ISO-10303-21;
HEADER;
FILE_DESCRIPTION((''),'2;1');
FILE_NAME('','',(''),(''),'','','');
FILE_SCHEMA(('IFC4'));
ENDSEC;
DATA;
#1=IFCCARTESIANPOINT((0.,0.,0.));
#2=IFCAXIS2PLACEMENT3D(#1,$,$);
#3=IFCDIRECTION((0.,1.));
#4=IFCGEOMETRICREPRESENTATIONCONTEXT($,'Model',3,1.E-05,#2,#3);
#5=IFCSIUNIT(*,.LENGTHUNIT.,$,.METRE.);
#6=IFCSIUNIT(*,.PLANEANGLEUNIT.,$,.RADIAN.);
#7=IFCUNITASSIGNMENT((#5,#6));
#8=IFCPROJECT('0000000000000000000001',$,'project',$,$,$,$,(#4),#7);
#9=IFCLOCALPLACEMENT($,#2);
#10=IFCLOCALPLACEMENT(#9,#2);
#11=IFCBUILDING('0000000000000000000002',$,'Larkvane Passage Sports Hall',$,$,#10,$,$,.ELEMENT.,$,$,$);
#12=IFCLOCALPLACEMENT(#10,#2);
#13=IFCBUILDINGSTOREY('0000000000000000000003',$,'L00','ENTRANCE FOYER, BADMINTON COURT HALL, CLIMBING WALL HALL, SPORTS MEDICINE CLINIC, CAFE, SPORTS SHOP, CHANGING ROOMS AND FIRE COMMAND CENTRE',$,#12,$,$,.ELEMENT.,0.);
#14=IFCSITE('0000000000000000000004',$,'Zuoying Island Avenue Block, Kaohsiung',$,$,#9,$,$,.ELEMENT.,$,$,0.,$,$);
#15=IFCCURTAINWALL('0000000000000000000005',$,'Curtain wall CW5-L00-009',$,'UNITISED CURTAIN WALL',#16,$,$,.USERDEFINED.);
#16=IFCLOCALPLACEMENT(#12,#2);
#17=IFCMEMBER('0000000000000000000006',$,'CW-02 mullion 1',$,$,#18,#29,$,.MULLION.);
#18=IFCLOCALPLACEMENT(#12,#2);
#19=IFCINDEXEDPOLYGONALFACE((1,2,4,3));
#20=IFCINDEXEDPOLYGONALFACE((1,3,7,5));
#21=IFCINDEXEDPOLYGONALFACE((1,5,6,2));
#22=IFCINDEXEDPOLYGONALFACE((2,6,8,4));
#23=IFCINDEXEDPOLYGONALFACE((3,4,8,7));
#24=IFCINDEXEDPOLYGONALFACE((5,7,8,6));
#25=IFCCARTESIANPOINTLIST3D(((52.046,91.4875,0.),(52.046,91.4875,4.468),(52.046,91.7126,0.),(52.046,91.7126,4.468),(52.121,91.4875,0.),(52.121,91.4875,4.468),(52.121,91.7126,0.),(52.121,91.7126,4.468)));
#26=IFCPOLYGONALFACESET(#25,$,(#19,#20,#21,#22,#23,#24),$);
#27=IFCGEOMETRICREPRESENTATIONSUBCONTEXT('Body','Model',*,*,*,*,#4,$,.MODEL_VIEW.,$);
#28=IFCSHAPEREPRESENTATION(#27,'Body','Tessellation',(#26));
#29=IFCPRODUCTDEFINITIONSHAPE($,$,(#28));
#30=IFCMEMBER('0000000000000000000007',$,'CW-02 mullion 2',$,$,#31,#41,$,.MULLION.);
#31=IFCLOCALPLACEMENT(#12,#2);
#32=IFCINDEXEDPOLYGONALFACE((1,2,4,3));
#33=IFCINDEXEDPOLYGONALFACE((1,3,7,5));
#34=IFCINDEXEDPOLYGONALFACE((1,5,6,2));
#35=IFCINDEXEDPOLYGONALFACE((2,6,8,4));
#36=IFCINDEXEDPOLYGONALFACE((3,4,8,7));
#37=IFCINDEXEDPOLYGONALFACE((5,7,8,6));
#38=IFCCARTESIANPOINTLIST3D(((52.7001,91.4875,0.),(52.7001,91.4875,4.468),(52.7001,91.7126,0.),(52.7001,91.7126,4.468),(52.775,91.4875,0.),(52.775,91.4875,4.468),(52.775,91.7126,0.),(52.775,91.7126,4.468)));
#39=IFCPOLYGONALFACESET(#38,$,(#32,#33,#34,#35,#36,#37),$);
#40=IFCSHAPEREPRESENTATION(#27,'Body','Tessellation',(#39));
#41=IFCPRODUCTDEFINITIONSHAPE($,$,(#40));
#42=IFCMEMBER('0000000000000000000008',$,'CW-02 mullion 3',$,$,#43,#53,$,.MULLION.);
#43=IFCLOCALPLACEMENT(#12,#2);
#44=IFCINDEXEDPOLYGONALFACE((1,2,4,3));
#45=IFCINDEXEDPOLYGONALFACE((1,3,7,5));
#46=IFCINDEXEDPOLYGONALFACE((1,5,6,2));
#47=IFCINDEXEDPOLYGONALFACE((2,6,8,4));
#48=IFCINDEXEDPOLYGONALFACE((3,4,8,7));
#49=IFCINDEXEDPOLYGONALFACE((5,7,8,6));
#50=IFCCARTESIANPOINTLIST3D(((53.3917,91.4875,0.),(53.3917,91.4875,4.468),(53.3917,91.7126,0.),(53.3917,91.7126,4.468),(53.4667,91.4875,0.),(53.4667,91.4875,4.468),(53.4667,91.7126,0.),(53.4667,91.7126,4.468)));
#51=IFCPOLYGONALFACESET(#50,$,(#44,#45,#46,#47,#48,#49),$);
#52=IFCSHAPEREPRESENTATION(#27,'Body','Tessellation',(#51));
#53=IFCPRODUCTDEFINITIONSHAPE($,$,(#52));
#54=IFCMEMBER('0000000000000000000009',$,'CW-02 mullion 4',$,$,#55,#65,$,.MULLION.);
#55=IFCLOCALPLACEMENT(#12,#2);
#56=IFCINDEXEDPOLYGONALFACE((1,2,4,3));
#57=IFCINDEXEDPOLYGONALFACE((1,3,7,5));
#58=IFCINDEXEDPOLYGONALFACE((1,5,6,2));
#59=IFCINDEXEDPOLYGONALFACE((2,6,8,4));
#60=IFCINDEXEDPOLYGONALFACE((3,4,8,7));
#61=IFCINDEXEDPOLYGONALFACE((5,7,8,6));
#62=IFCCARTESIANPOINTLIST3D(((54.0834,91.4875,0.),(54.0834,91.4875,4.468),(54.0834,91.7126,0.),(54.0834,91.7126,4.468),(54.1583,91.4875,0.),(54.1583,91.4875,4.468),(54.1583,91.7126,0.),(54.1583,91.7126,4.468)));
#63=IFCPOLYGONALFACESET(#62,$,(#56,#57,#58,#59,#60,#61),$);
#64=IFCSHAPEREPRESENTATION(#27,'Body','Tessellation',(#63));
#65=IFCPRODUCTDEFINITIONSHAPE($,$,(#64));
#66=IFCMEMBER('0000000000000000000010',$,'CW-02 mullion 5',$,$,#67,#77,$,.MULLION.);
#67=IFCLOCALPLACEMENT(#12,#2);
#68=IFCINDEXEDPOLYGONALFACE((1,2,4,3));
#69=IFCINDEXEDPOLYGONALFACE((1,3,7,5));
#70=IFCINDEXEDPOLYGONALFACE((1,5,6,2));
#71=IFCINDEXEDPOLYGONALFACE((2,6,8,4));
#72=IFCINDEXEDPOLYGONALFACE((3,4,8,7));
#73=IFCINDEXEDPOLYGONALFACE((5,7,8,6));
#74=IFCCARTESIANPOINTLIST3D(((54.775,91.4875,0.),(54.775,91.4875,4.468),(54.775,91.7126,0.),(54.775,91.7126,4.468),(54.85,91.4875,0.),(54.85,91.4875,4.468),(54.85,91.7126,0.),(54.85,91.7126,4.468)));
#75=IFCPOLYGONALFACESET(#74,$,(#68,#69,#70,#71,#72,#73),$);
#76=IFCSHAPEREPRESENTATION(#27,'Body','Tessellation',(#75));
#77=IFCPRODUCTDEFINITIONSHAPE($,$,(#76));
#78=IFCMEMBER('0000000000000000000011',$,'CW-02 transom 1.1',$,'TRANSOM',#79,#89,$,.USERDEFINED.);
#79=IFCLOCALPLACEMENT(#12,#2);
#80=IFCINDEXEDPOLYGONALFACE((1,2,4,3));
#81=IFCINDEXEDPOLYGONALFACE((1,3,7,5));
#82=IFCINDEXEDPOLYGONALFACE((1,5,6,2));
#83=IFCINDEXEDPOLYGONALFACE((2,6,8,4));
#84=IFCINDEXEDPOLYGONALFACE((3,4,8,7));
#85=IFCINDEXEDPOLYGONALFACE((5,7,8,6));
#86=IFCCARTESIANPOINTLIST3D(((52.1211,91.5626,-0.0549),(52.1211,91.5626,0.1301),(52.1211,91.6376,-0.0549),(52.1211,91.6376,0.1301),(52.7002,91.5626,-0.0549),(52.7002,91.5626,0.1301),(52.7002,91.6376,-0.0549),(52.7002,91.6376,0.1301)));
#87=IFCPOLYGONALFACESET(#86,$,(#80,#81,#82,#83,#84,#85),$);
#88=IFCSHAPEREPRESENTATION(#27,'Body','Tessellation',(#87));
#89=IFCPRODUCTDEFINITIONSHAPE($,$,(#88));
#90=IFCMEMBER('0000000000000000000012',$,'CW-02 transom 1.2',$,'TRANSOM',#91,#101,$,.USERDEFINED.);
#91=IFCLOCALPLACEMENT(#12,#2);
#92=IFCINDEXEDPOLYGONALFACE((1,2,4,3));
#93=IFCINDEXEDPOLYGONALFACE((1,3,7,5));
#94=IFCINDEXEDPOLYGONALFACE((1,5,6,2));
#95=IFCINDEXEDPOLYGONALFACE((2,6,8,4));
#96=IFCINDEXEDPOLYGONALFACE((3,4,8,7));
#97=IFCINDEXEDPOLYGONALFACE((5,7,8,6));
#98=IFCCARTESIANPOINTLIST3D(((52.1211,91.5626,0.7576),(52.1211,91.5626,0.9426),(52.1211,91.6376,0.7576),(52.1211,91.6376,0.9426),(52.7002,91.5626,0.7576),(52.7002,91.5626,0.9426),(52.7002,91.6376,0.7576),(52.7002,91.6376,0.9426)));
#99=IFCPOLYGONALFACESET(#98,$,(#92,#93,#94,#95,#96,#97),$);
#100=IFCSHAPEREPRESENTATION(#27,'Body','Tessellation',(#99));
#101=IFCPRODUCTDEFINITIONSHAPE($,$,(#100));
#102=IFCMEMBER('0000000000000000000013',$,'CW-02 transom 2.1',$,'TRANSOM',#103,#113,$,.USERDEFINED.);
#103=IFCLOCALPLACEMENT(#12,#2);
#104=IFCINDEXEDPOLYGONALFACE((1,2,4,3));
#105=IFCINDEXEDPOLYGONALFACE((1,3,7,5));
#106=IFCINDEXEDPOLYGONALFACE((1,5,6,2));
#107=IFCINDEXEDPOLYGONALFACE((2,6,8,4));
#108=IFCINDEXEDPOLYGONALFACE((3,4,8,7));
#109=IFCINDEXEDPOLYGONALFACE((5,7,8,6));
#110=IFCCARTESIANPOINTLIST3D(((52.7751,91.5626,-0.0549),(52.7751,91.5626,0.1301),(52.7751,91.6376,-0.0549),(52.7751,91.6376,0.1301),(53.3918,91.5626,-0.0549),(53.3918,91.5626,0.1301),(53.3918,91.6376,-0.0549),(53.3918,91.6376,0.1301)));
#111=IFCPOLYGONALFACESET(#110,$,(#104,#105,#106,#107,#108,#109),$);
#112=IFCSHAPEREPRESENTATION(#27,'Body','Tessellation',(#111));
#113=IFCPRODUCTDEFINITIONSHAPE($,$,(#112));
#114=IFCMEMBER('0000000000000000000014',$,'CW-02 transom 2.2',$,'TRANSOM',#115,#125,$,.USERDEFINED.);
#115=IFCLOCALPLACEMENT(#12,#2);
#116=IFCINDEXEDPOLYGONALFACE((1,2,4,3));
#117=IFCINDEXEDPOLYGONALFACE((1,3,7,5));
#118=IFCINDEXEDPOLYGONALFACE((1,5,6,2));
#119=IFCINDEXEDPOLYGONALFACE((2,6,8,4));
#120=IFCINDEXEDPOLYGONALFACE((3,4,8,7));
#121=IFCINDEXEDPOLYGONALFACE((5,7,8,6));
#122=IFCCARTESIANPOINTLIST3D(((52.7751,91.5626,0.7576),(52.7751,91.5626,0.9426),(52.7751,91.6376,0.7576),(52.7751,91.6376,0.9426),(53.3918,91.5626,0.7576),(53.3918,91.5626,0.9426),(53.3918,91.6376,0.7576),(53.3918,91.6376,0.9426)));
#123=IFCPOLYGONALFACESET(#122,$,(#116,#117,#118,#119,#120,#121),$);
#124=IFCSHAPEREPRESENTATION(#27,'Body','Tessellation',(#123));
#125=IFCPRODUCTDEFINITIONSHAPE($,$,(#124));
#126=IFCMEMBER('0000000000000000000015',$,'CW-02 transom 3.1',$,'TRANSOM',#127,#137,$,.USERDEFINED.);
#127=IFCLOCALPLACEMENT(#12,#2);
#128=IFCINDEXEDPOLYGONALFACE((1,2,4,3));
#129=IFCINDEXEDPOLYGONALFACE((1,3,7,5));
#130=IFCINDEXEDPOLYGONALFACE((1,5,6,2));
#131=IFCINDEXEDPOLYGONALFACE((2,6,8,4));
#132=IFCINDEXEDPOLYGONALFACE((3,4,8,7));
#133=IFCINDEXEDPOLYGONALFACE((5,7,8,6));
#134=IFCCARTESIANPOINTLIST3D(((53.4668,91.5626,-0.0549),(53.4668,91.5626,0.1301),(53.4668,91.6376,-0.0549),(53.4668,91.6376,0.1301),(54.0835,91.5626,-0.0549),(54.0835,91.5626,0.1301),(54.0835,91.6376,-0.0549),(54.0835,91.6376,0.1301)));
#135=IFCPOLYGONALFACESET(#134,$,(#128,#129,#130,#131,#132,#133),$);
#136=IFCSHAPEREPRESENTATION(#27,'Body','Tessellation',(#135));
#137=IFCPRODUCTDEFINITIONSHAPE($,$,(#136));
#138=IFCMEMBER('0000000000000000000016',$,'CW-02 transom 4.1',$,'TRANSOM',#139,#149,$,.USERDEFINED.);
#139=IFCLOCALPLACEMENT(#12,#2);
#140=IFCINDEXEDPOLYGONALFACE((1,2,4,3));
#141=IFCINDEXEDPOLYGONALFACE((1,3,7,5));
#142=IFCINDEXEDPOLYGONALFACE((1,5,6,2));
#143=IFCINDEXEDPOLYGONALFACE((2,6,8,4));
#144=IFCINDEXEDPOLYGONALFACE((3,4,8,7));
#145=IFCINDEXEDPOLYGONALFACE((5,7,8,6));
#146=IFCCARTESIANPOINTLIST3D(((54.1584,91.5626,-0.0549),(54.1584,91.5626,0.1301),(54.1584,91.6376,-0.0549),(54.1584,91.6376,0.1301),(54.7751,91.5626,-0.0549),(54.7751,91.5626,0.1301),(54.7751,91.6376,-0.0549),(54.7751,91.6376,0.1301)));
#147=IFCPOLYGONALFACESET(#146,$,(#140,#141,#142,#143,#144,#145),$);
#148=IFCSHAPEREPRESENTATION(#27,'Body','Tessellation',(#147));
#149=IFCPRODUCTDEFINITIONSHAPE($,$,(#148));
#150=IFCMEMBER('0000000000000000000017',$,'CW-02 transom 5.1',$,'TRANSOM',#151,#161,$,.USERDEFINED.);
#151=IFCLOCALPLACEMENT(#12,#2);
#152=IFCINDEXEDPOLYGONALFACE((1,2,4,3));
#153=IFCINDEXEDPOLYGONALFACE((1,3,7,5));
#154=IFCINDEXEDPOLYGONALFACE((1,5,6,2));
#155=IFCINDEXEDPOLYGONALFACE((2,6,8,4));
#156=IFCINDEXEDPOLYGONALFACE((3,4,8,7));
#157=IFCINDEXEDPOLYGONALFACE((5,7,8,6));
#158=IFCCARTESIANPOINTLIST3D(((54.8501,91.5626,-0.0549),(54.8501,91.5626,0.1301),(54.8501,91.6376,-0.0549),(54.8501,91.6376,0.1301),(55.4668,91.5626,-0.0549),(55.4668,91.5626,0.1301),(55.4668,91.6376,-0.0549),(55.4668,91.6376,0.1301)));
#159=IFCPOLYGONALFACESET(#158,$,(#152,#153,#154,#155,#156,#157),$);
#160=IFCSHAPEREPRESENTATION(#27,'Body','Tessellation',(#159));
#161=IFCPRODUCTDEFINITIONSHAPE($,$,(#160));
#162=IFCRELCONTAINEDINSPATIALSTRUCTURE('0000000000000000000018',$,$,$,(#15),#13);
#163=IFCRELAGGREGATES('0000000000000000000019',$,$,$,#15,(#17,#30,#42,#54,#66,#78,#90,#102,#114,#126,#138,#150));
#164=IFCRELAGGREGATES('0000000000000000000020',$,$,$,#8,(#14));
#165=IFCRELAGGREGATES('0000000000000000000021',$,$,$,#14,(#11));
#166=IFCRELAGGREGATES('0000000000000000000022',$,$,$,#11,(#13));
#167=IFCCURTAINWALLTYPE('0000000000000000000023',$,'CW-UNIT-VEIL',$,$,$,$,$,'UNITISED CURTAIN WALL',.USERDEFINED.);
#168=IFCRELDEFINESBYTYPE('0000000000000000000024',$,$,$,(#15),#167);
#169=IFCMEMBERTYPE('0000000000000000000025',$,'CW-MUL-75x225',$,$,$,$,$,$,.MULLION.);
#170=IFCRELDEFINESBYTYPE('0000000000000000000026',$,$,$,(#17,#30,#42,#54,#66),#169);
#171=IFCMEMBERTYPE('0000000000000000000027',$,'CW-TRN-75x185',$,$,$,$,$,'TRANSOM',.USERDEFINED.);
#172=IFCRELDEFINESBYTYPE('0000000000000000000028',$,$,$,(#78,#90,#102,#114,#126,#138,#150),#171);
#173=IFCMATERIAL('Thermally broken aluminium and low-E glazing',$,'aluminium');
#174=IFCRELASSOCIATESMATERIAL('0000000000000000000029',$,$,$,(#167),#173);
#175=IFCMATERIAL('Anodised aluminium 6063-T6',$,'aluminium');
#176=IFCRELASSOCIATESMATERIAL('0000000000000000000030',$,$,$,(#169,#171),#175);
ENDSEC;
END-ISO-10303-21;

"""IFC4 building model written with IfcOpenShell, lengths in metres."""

from ifc_helpers import new_model, si_unit, direction, frame, origin, origin_2d, place, context, subcontext, project, spatial, rectangle, extrude, material, material_profile, profile_set, type_object, element, aggregate, save


model = new_model("IFC4")

# Units and contexts
model_context = context("Model", 3, precision=1e-05, world=origin(), true_north=direction((0.0, 1.0)))
body_context = subcontext(model_context, "Body", "Model", "MODEL_VIEW")
ifc_project = project(units=[si_unit("LENGTHUNIT", "METRE"), si_unit("PLANEANGLEUNIT", "RADIAN")], contexts=[model_context])

# Site, building, storey
site_placement = place(None, origin())
site = spatial("IfcSite", under=ifc_project, at=site_placement, Name="Zuoying Island Avenue Block, Kaohsiung", CompositionType="ELEMENT", RefElevation=0.0)
building_placement = place(site_placement, origin())
building = spatial("IfcBuilding", under=site, at=building_placement, Name="Larkvane Passage Sports Hall", CompositionType="ELEMENT")
storey_placement = place(building_placement, origin())
storey = spatial("IfcBuildingStorey", under=building, at=storey_placement, Name="L00", Description="ENTRANCE FOYER, BADMINTON COURT HALL, CLIMBING WALL HALL, SPORTS MEDICINE CLINIC, CAFE, SPORTS SHOP, CHANGING ROOMS AND FIRE COMMAND CENTRE", CompositionType="ELEMENT", Elevation=0.0)

# Curtain wall, members
ifc_material_1 = material(Name="Thermally broken aluminium and low-E glazing", Category="aluminium")
curtain_wall_type = type_object("IfcCurtainWallType", Name="CW-UNIT-VEIL", ElementType="UNITISED CURTAIN WALL", PredefinedType="USERDEFINED", material=ifc_material_1)
curtain_wall_placement = place(storey_placement, origin())
curtain_wall = element("IfcCurtainWall", 1, at=curtain_wall_placement, inside=storey, type_object=curtain_wall_type, Name="Curtain wall CW5-L00-009", ObjectType="UNITISED CURTAIN WALL", PredefinedType="USERDEFINED")
ifc_material_2 = material(Name="Anodised aluminium 6063-T6", Category="aluminium")
ifc_material_profile_1 = material_profile(ifc_material_2, rectangle(XDim=0.075, YDim=0.2251, at=origin_2d()), Name="ALU-MUL-75x225")
ifc_profile_set_1 = profile_set([ifc_material_profile_1], Name="Anodised aluminium 6063-T6")
member_type_1 = type_object("IfcMemberType", Name="CW-MUL-75x225", PredefinedType="MULLION", material=ifc_profile_set_1)
member_1_placement = place(storey_placement, frame((52.0835, 91.6001, 0.0), z_axis=(0.0, 0.0, 1.0), x_axis=(1.0, 0.0, 0.0)))
member_1 = element("IfcMember", 2, at=member_1_placement, type_object=member_type_1, Name="CW-02 mullion 1", PredefinedType="MULLION", context=body_context, shape_type="SweptSolid", body=[
    extrude(rectangle(XDim=0.075, YDim=0.2251, at=origin_2d()), origin(), (0.0, 0.0, 1.0), 4.468),
])
member_2_placement = place(storey_placement, frame((52.7375, 91.6001, 0.0), z_axis=(0.0, 0.0, 1.0), x_axis=(1.0, 0.0, 0.0)))
member_2 = element("IfcMember", 3, at=member_2_placement, type_object=member_type_1, Name="CW-02 mullion 2", PredefinedType="MULLION", context=body_context, shape_type="SweptSolid", body=[
    extrude(rectangle(XDim=0.075, YDim=0.2251, at=origin_2d()), origin(), (0.0, 0.0, 1.0), 4.468),
])
member_3_placement = place(storey_placement, frame((53.4292, 91.6001, 0.0), z_axis=(0.0, 0.0, 1.0), x_axis=(1.0, 0.0, 0.0)))
member_3 = element("IfcMember", 4, at=member_3_placement, type_object=member_type_1, Name="CW-02 mullion 3", PredefinedType="MULLION", context=body_context, shape_type="SweptSolid", body=[
    extrude(rectangle(XDim=0.075, YDim=0.2251, at=origin_2d()), origin(), (0.0, 0.0, 1.0), 4.468),
])
member_4_placement = place(storey_placement, frame((54.1208, 91.6001, 0.0), z_axis=(0.0, 0.0, 1.0), x_axis=(1.0, 0.0, 0.0)))
member_4 = element("IfcMember", 5, at=member_4_placement, type_object=member_type_1, Name="CW-02 mullion 4", PredefinedType="MULLION", context=body_context, shape_type="SweptSolid", body=[
    extrude(rectangle(XDim=0.075, YDim=0.2251, at=origin_2d()), origin(), (0.0, 0.0, 1.0), 4.468),
])
member_5_placement = place(storey_placement, frame((54.8125, 91.6001, 0.0), z_axis=(0.0, 0.0, 1.0), x_axis=(1.0, 0.0, 0.0)))
member_5 = element("IfcMember", 6, at=member_5_placement, type_object=member_type_1, Name="CW-02 mullion 5", PredefinedType="MULLION", context=body_context, shape_type="SweptSolid", body=[
    extrude(rectangle(XDim=0.075, YDim=0.2251, at=origin_2d()), origin(), (0.0, 0.0, 1.0), 4.468),
])
ifc_material_profile_2 = material_profile(ifc_material_2, rectangle(XDim=0.075, YDim=0.1851, at=origin_2d()), Name="ALU-TRN-75x185")
ifc_profile_set_2 = profile_set([ifc_material_profile_2], Name="Anodised aluminium 6063-T6")
member_type_2 = type_object("IfcMemberType", Name="CW-TRN-75x185", ElementType="TRANSOM", PredefinedType="USERDEFINED", material=ifc_profile_set_2)
member_6_placement = place(storey_placement, frame((52.1211, 91.6001, 0.0376), z_axis=(1.0, 0.0, 0.0), x_axis=(0.0, 1.0, 0.0)))
member_6 = element("IfcMember", 7, at=member_6_placement, type_object=member_type_2, Name="CW-02 transom 1.1", ObjectType="TRANSOM", PredefinedType="USERDEFINED", context=body_context, shape_type="SweptSolid", body=[
    extrude(rectangle(XDim=0.075, YDim=0.1851, at=origin_2d()), origin(), (0.0, 0.0, 1.0), 0.5791),
])
member_7_placement = place(storey_placement, frame((52.1211, 91.6001, 0.8501), z_axis=(1.0, 0.0, 0.0), x_axis=(0.0, 1.0, 0.0)))
member_7 = element("IfcMember", 8, at=member_7_placement, type_object=member_type_2, Name="CW-02 transom 1.2", ObjectType="TRANSOM", PredefinedType="USERDEFINED", context=body_context, shape_type="SweptSolid", body=[
    extrude(rectangle(XDim=0.075, YDim=0.1851, at=origin_2d()), origin(), (0.0, 0.0, 1.0), 0.5791),
])
member_8_placement = place(storey_placement, frame((52.7751, 91.6001, 0.0376), z_axis=(1.0, 0.0, 0.0), x_axis=(0.0, 1.0, 0.0)))
member_8 = element("IfcMember", 9, at=member_8_placement, type_object=member_type_2, Name="CW-02 transom 2.1", ObjectType="TRANSOM", PredefinedType="USERDEFINED", context=body_context, shape_type="SweptSolid", body=[
    extrude(rectangle(XDim=0.075, YDim=0.1851, at=origin_2d()), origin(), (0.0, 0.0, 1.0), 0.6167),
])
member_9_placement = place(storey_placement, frame((52.7751, 91.6001, 0.8501), z_axis=(1.0, 0.0, 0.0), x_axis=(0.0, 1.0, 0.0)))
member_9 = element("IfcMember", 10, at=member_9_placement, type_object=member_type_2, Name="CW-02 transom 2.2", ObjectType="TRANSOM", PredefinedType="USERDEFINED", context=body_context, shape_type="SweptSolid", body=[
    extrude(rectangle(XDim=0.075, YDim=0.1851, at=origin_2d()), origin(), (0.0, 0.0, 1.0), 0.6167),
])
member_10_placement = place(storey_placement, frame((53.4668, 91.6001, 0.0376), z_axis=(1.0, 0.0, 0.0), x_axis=(0.0, 1.0, 0.0)))
member_10 = element("IfcMember", 11, at=member_10_placement, type_object=member_type_2, Name="CW-02 transom 3.1", ObjectType="TRANSOM", PredefinedType="USERDEFINED", context=body_context, shape_type="SweptSolid", body=[
    extrude(rectangle(XDim=0.075, YDim=0.1851, at=origin_2d()), origin(), (0.0, 0.0, 1.0), 0.6167),
])
member_11_placement = place(storey_placement, frame((54.1584, 91.6001, 0.0376), z_axis=(1.0, 0.0, 0.0), x_axis=(0.0, 1.0, 0.0)))
member_11 = element("IfcMember", 12, at=member_11_placement, type_object=member_type_2, Name="CW-02 transom 4.1", ObjectType="TRANSOM", PredefinedType="USERDEFINED", context=body_context, shape_type="SweptSolid", body=[
    extrude(rectangle(XDim=0.075, YDim=0.1851, at=origin_2d()), origin(), (0.0, 0.0, 1.0), 0.6167),
])
member_12_placement = place(storey_placement, frame((54.8501, 91.6001, 0.0376), z_axis=(1.0, 0.0, 0.0), x_axis=(0.0, 1.0, 0.0)))
member_12 = element("IfcMember", 13, at=member_12_placement, type_object=member_type_2, Name="CW-02 transom 5.1", ObjectType="TRANSOM", PredefinedType="USERDEFINED", context=body_context, shape_type="SweptSolid", body=[
    extrude(rectangle(XDim=0.075, YDim=0.1851, at=origin_2d()), origin(), (0.0, 0.0, 1.0), 0.6167),
])

aggregate(curtain_wall, [member_1, member_2, member_3, member_4, member_5, member_6, member_7, member_8, member_9, member_10, member_11, member_12])

save(model, "model.ifc")
